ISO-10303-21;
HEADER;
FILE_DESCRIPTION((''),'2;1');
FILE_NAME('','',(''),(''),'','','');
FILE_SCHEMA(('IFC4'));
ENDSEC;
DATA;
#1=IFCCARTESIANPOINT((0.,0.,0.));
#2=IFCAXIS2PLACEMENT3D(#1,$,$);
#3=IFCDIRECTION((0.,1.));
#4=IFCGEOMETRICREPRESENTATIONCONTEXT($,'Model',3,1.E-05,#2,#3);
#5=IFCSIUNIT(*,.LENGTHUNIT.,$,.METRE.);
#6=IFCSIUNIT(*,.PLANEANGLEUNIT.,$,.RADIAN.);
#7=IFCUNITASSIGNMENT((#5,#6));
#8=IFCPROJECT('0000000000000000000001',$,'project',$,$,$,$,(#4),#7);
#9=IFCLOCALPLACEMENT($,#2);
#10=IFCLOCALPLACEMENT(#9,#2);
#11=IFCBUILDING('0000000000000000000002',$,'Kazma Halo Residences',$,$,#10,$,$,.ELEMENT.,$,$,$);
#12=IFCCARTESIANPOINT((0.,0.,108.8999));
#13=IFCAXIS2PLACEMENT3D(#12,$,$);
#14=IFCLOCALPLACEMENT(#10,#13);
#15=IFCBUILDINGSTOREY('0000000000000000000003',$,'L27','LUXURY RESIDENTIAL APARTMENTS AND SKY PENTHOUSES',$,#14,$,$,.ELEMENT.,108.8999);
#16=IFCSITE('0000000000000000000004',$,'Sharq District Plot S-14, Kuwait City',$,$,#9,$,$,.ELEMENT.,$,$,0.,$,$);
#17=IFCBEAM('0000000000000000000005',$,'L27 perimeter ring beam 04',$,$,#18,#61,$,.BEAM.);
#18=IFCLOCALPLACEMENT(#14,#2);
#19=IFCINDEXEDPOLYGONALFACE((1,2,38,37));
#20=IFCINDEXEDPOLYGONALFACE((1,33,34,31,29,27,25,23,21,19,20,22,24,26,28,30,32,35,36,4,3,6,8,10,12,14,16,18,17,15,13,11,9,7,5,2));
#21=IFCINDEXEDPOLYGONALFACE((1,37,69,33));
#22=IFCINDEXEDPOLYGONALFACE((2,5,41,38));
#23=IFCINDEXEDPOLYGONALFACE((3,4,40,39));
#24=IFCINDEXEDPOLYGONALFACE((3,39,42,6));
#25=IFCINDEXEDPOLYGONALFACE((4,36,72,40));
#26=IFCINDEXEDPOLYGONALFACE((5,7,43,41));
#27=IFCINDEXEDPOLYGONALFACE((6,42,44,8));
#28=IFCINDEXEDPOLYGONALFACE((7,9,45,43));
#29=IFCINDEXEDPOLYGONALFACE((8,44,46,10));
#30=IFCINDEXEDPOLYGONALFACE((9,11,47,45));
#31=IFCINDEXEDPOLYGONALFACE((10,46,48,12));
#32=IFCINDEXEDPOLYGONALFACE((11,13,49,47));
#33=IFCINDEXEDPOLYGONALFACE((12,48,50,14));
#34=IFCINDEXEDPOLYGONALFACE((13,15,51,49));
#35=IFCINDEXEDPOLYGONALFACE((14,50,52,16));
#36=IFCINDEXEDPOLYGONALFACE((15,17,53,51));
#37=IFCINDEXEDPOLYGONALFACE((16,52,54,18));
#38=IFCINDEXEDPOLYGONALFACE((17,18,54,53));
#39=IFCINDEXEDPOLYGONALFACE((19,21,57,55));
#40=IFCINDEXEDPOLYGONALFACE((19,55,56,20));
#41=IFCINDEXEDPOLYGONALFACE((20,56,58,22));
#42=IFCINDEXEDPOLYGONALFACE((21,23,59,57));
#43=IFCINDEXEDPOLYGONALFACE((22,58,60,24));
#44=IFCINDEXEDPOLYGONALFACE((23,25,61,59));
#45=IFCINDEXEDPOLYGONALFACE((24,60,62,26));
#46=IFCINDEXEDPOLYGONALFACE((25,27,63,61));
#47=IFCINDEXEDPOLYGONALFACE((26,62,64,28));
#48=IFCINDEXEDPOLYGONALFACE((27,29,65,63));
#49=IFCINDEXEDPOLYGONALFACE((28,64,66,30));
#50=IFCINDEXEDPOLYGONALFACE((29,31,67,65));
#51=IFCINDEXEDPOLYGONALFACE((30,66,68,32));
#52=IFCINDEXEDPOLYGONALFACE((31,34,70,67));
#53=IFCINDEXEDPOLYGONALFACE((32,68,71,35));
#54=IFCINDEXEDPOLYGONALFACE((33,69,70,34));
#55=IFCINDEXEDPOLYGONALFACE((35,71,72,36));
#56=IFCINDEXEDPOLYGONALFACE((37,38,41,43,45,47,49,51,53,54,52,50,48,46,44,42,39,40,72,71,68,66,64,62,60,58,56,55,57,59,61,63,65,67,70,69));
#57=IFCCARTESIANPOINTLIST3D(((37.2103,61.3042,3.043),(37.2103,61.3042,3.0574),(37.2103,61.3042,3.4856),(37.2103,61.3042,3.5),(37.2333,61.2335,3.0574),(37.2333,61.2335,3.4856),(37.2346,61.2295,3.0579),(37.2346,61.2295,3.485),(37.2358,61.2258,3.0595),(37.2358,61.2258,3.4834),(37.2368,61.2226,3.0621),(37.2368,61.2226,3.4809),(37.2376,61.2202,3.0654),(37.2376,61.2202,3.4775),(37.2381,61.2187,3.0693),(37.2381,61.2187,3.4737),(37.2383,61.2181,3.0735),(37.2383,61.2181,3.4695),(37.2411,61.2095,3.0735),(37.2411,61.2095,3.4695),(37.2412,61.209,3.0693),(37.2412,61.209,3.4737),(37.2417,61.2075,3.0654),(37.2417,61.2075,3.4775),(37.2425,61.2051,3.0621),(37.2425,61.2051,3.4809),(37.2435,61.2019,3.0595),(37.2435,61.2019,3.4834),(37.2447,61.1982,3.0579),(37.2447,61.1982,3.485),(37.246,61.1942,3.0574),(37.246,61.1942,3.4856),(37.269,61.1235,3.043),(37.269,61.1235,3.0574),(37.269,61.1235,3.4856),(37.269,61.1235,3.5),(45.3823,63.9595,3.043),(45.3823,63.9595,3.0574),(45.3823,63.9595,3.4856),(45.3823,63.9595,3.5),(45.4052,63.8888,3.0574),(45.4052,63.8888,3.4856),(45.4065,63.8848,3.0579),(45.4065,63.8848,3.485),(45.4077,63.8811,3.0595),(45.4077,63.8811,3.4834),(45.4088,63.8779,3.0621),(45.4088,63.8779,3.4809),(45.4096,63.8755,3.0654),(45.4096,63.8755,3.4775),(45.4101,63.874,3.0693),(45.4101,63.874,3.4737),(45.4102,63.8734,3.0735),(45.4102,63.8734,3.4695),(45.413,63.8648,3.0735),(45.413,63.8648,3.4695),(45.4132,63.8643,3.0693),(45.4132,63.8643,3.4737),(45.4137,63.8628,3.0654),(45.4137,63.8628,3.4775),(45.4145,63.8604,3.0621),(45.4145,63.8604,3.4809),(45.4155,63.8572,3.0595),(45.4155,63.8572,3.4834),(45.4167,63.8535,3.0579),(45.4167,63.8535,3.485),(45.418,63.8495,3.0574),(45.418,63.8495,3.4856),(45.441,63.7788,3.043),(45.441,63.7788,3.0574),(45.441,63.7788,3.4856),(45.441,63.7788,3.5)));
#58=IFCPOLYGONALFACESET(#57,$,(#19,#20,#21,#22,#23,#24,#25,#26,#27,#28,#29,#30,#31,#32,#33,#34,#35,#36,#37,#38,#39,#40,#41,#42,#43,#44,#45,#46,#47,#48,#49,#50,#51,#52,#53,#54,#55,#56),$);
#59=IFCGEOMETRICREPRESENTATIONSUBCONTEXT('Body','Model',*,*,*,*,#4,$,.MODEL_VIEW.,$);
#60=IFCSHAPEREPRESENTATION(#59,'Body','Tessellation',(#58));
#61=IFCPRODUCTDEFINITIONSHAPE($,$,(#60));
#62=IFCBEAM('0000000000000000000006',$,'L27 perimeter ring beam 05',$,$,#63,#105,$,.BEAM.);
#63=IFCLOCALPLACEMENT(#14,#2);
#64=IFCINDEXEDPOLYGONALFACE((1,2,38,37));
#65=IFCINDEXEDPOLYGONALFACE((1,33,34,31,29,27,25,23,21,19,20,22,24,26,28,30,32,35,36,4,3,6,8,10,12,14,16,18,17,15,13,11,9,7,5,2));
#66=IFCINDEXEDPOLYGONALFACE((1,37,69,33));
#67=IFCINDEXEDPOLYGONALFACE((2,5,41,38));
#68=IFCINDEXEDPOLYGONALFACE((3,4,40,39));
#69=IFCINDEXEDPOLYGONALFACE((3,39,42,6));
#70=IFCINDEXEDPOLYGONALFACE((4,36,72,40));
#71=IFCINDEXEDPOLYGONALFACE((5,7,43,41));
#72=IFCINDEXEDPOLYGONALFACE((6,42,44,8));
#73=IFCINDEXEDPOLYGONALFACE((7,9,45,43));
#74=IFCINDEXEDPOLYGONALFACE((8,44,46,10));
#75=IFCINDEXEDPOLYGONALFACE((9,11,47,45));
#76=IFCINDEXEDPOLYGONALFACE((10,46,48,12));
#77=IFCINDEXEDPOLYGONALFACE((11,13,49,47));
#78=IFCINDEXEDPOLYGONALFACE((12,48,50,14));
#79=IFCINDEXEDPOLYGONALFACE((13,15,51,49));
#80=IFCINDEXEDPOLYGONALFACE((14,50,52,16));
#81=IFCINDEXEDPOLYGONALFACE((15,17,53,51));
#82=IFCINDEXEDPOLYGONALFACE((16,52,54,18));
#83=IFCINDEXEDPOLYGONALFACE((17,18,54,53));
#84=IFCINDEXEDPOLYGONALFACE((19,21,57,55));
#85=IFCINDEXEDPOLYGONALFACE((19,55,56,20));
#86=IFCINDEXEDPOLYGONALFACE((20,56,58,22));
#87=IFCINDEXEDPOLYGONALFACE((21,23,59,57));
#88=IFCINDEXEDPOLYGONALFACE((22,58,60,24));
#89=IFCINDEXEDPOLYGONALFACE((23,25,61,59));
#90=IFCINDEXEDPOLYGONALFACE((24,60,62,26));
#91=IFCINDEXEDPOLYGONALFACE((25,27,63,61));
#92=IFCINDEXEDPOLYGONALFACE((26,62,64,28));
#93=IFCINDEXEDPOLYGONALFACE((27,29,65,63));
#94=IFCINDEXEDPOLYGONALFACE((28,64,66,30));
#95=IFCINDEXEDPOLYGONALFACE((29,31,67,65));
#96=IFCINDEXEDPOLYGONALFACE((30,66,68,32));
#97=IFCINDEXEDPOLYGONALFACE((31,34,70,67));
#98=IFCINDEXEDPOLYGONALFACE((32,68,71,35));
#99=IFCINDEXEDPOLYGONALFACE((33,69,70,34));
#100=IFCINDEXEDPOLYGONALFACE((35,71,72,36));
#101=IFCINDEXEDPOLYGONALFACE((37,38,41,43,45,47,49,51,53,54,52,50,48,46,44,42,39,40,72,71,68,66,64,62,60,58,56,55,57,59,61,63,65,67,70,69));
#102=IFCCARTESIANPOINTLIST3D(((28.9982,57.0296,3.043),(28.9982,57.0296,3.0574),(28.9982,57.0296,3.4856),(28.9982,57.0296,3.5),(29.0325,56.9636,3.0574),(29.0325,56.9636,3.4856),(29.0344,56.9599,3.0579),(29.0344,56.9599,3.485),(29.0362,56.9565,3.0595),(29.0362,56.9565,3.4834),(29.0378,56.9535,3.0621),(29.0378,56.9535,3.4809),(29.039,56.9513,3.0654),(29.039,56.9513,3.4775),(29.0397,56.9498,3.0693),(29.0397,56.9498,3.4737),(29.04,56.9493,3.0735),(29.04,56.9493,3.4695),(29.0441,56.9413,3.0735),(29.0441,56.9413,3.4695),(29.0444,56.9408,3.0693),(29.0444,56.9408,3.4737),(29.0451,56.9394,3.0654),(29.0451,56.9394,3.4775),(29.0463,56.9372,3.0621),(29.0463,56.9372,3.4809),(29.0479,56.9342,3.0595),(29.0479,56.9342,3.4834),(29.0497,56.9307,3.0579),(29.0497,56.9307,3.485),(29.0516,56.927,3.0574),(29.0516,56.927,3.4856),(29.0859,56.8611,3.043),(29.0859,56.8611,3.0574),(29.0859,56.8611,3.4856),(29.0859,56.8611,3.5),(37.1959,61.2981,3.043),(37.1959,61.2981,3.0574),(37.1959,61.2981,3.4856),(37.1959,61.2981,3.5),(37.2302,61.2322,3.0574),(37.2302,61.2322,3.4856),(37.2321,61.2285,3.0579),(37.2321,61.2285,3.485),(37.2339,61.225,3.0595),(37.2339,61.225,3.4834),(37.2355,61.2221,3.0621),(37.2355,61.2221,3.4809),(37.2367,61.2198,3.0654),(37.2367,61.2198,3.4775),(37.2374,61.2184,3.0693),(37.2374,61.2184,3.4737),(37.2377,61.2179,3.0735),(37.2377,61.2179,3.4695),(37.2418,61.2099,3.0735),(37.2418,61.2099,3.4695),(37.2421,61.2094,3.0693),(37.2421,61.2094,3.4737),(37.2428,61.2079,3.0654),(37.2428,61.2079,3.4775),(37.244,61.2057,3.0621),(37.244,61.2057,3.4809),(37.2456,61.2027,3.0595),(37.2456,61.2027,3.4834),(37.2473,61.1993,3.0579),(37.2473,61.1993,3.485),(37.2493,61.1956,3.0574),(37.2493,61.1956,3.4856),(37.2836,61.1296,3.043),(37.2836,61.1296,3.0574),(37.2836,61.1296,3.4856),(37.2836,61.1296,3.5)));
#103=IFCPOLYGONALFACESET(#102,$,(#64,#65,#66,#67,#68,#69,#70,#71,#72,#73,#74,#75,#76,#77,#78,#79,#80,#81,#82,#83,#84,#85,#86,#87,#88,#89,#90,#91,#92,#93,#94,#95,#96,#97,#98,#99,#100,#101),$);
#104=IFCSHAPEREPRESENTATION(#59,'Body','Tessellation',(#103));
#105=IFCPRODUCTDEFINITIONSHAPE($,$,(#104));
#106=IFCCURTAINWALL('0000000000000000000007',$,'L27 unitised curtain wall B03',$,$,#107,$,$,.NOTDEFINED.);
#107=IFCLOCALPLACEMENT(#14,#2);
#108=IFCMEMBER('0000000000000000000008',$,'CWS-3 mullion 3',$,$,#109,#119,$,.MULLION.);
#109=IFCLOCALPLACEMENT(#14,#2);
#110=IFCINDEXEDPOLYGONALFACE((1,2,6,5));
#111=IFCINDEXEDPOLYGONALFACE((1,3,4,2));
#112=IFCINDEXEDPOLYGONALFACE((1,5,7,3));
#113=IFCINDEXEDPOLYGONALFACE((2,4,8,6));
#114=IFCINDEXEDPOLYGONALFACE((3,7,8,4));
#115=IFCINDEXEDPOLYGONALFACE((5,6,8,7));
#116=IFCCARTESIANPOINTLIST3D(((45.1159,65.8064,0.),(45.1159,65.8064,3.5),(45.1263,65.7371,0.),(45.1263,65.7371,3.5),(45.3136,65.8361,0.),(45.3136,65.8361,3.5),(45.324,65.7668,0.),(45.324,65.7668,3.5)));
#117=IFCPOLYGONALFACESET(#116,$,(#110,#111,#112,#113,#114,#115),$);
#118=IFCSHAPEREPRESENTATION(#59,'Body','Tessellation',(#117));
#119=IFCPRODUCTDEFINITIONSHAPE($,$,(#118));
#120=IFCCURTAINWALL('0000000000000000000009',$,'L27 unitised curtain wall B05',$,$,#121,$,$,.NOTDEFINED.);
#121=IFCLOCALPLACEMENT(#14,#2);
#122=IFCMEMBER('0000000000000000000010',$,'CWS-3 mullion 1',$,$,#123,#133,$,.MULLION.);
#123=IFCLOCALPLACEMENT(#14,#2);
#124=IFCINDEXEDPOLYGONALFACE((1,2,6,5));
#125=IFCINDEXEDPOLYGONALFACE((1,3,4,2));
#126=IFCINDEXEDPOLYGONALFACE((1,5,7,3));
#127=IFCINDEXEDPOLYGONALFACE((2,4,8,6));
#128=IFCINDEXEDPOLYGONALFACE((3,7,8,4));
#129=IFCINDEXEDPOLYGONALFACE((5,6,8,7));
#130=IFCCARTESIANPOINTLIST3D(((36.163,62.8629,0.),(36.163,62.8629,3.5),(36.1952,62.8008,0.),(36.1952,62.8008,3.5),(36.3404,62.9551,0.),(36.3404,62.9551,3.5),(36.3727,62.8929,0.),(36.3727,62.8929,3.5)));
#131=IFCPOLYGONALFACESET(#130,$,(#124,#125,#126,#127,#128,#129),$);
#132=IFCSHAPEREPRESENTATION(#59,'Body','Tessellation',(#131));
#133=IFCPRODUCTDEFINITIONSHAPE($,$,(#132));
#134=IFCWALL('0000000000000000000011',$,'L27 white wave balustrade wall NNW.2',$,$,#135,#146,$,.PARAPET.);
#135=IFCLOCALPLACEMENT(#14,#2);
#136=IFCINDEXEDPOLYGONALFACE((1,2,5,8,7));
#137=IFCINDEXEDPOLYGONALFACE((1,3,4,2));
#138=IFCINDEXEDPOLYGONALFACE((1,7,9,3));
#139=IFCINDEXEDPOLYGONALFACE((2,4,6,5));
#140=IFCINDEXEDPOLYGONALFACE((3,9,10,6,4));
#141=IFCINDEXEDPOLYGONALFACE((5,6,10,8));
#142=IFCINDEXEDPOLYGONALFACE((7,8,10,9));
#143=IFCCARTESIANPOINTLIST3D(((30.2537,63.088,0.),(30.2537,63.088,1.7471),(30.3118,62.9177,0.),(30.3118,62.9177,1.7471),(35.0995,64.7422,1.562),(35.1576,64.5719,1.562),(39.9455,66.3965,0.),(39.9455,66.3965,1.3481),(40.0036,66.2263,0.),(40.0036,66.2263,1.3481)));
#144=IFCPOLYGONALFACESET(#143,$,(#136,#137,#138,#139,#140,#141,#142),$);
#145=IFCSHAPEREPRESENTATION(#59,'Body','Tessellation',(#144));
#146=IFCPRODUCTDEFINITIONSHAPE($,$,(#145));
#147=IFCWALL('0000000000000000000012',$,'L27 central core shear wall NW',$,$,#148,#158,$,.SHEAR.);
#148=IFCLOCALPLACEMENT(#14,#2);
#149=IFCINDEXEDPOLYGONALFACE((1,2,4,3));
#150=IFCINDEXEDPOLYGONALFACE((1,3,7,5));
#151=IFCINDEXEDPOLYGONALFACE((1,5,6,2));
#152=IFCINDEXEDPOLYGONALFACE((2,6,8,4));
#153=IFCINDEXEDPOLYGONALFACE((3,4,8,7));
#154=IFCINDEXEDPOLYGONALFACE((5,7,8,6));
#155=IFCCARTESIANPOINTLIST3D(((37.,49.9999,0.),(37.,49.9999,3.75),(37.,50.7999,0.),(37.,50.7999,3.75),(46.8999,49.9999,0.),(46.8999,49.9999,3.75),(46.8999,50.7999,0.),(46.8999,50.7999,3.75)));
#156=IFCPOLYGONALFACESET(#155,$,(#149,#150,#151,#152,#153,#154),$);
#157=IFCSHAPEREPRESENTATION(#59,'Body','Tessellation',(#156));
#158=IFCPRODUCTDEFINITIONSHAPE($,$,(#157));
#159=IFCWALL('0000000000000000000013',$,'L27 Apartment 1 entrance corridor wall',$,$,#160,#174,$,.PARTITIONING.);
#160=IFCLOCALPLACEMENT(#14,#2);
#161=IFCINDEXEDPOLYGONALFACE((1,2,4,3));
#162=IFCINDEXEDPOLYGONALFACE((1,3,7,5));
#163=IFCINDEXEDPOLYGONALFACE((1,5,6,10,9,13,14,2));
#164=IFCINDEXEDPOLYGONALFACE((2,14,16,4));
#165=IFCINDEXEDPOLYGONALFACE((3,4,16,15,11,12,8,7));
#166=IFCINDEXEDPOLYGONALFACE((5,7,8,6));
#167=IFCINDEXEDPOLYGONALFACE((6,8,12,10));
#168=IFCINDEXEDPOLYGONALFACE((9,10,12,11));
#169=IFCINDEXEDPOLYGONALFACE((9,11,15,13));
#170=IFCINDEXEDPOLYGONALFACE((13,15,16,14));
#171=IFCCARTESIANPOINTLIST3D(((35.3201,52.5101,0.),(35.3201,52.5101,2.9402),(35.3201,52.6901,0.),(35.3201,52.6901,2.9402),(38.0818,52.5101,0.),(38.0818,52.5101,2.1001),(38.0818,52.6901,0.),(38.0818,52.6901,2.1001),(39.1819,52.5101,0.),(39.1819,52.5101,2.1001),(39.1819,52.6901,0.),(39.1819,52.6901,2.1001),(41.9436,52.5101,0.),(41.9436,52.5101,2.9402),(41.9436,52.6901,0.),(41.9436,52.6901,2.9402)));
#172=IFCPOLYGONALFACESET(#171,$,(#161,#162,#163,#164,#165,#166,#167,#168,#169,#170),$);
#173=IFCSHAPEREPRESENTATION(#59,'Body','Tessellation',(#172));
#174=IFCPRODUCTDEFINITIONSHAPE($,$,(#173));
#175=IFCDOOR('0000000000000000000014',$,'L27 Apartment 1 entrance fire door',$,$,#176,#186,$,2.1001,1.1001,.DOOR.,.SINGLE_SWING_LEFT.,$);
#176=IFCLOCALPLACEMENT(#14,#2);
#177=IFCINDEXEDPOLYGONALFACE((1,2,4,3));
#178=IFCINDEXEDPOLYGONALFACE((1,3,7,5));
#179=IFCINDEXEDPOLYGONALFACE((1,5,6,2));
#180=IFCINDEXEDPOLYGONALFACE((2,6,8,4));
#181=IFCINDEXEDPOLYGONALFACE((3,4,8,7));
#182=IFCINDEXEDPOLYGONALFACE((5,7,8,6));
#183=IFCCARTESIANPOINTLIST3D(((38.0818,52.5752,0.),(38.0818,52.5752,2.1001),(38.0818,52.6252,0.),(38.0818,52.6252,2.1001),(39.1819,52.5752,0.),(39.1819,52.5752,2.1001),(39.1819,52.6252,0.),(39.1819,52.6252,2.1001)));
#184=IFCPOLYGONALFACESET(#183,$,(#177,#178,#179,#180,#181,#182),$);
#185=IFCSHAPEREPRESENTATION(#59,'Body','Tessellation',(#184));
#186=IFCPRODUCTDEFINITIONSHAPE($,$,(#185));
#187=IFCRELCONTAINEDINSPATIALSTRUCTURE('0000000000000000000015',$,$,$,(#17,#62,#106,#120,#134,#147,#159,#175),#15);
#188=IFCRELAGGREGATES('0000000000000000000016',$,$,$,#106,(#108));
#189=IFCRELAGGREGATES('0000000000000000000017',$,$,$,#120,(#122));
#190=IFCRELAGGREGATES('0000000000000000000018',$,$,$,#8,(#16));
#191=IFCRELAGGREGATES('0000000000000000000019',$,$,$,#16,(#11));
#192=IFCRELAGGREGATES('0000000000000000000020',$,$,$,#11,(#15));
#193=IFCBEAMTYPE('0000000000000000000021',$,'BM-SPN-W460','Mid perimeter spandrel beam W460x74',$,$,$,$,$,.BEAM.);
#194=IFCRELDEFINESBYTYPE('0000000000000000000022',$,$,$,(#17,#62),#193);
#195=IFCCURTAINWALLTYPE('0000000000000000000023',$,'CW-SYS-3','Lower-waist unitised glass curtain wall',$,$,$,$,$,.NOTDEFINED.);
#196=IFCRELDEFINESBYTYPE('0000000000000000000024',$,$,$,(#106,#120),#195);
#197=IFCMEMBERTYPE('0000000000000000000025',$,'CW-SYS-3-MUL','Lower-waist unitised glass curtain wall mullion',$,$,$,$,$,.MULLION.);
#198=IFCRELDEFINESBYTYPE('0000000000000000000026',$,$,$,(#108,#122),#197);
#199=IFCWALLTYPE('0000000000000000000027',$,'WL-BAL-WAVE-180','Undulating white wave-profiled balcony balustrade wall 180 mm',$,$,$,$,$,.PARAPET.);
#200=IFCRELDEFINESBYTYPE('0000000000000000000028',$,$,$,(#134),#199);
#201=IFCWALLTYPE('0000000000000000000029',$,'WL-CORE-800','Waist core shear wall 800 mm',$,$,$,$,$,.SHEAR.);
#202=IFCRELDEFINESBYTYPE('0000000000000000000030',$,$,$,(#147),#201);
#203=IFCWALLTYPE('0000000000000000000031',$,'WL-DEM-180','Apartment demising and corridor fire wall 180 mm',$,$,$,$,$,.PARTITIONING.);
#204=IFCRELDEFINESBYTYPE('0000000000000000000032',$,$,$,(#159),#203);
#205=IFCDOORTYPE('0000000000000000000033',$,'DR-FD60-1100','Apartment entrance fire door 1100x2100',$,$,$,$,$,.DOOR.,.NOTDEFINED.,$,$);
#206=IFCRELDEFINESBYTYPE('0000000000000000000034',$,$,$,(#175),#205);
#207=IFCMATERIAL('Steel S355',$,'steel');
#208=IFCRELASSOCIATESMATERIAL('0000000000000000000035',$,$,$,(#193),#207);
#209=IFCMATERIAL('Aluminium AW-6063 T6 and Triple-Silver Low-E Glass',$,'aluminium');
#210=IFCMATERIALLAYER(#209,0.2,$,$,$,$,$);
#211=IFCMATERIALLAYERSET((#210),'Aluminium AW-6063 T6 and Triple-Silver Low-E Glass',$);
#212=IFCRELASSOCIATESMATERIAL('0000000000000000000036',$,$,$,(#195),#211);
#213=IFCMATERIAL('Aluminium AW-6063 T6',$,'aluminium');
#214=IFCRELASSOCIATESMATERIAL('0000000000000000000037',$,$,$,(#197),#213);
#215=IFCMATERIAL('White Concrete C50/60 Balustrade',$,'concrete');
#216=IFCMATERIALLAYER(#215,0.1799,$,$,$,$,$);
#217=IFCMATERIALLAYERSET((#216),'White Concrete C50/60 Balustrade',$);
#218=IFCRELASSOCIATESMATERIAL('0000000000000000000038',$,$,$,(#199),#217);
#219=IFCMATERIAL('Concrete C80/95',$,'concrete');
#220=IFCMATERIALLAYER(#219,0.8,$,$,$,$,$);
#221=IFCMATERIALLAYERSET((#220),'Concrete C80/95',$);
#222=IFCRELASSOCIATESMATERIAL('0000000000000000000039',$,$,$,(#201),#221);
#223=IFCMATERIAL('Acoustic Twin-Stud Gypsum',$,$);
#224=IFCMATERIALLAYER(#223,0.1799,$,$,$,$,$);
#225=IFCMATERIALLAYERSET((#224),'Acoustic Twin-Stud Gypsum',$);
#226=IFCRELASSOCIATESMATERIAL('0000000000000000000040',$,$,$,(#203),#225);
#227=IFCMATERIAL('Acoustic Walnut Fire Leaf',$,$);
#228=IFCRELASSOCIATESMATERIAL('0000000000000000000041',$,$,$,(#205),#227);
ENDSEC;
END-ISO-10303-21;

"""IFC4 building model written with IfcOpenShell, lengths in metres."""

from ifc_helpers import new_model, si_unit, direction, frame, frame_2d, origin, origin_2d, place, context, subcontext, project, spatial, polyline, rectangle, i_section, outline, extrude, material, layer, layer_set, material_profile, profile_set, type_object, element, fill, aggregate, save


model = new_model("IFC4")

# Units and contexts
model_context = context("Model", 3, precision=1e-05, world=origin(), true_north=direction((0.0, 1.0)))
body_context = subcontext(model_context, "Body", "Model", "MODEL_VIEW")
ifc_project = project(units=[si_unit("LENGTHUNIT", "METRE"), si_unit("PLANEANGLEUNIT", "RADIAN")], contexts=[model_context])

# Site, building, storey
site_placement = place(None, origin())
site = spatial("IfcSite", under=ifc_project, at=site_placement, Name="Sharq District Plot S-14, Kuwait City", CompositionType="ELEMENT", RefElevation=0.0)
building_placement = place(site_placement, origin())
building = spatial("IfcBuilding", under=site, at=building_placement, Name="Kazma Halo Residences", CompositionType="ELEMENT")
storey_placement = place(building_placement, frame((0.0, 0.0, 108.8999)))
storey = spatial("IfcBuildingStorey", under=building, at=storey_placement, Name="L27", Description="LUXURY RESIDENTIAL APARTMENTS AND SKY PENTHOUSES", CompositionType="ELEMENT", Elevation=108.8999)

# Shared definitions
ifc_material_1 = material(Name="Concrete C80/95", Category="concrete")

# Beams
ifc_material_2 = material(Name="Steel S355", Category="steel")
ifc_material_profile_1 = material_profile(ifc_material_2, i_section(OverallWidth=0.1899, OverallDepth=0.457, WebThickness=0.009, FlangeThickness=0.0144, FilletRadius=0.0161, at=origin_2d()), Name="W460x74")
ifc_profile_set_1 = profile_set([ifc_material_profile_1], Name="Steel S355")
beam_type_1 = type_object("IfcBeamType", Name="BM-SPN-W460", Description="Mid perimeter spandrel beam W460x74", PredefinedType="BEAM", material=ifc_profile_set_1)
beam_1_placement = place(storey_placement, frame((45.4116, 63.8691, 3.2715), z_axis=(-0.951054, -0.309024, 0.0), x_axis=(0.309024, -0.951054, 0.0)))
element("IfcBeam", 1, at=beam_1_placement, inside=storey, type_object=beam_type_1, Name="L27 perimeter ring beam 04", PredefinedType="BEAM", context=body_context, shape_type="SweptSolid", body=[
    extrude(i_section(OverallWidth=0.1899, OverallDepth=0.457, WebThickness=0.009, FlangeThickness=0.0144, FilletRadius=0.0161, at=origin_2d()), origin(), (0.0, 0.0, 1.0), 8.5925),
])
beam_2_placement = place(storey_placement, frame((37.2397, 61.2139, 3.2715), z_axis=(-0.886963, -0.46184, 0.0), x_axis=(0.46184, -0.886963, 0.0)))
element("IfcBeam", 2, at=beam_2_placement, inside=storey, type_object=beam_type_1, Name="L27 perimeter ring beam 05", PredefinedType="BEAM", context=body_context, shape_type="SweptSolid", body=[
    extrude(i_section(OverallWidth=0.1899, OverallDepth=0.457, WebThickness=0.009, FlangeThickness=0.0144, FilletRadius=0.0161, at=origin_2d()), origin(), (0.0, 0.0, 1.0), 9.2424),
])

# Curtain walls, members
ifc_material_3 = material(Name="Aluminium AW-6063 T6 and Triple-Silver Low-E Glass", Category="aluminium")
ifc_layer_1 = layer(ifc_material_3, 0.2)
ifc_layer_set_1 = layer_set([ifc_layer_1], Name="Aluminium AW-6063 T6 and Triple-Silver Low-E Glass")
curtain_wall_type = type_object("IfcCurtainWallType", Name="CW-SYS-3", Description="Lower-waist unitised glass curtain wall", PredefinedType="NOTDEFINED", material=ifc_layer_set_1)
curtain_wall_1_placement = place(storey_placement, origin())
curtain_wall_1 = element("IfcCurtainWall", 3, at=curtain_wall_1_placement, inside=storey, type_object=curtain_wall_type, Name="L27 unitised curtain wall B03", PredefinedType="NOTDEFINED")
ifc_material_4 = material(Name="Aluminium AW-6063 T6", Category="aluminium")
ifc_material_profile_2 = material_profile(ifc_material_4, rectangle(XDim=0.0701, YDim=0.2, at=origin_2d()), Name="CWM-70x200")
ifc_profile_set_2 = profile_set([ifc_material_profile_2], Name="Aluminium AW-6063 T6")
member_type = type_object("IfcMemberType", Name="CW-SYS-3-MUL", Description="Lower-waist unitised glass curtain wall mullion", PredefinedType="MULLION", material=ifc_profile_set_2)
member_1_placement = place(storey_placement, frame((45.22, 65.7866, 0.0), z_axis=(0.0, 0.0, 1.0), x_axis=(0.148717, -0.98888, 0.0)))
member_1 = element("IfcMember", 4, at=member_1_placement, type_object=member_type, Name="CWS-3 mullion 3", PredefinedType="MULLION", context=body_context, shape_type="SweptSolid", body=[
    extrude(rectangle(XDim=0.0701, YDim=0.2, at=origin_2d()), origin(), (0.0, 0.0, 1.0), 3.5),
])
aggregate(curtain_wall_1, [member_1])
curtain_wall_2_placement = place(storey_placement, origin())
curtain_wall_2 = element("IfcCurtainWall", 5, at=curtain_wall_2_placement, inside=storey, type_object=curtain_wall_type, Name="L27 unitised curtain wall B05", PredefinedType="NOTDEFINED")
member_2_placement = place(storey_placement, frame((36.2678, 62.8779, 0.0), z_axis=(0.0, 0.0, 1.0), x_axis=(0.460932, -0.887435, 0.0)))
member_2 = element("IfcMember", 6, at=member_2_placement, type_object=member_type, Name="CWS-3 mullion 1", PredefinedType="MULLION", context=body_context, shape_type="SweptSolid", body=[
    extrude(rectangle(XDim=0.0701, YDim=0.2, at=origin_2d()), origin(), (0.0, 0.0, 1.0), 3.5),
])
aggregate(curtain_wall_2, [member_2])

# Walls
ifc_material_5 = material(Name="White Concrete C50/60 Balustrade", Category="concrete")
ifc_layer_2 = layer(ifc_material_5, 0.1799)
ifc_layer_set_2 = layer_set([ifc_layer_2], Name="White Concrete C50/60 Balustrade")
wall_type_1 = type_object("IfcWallType", Name="WL-BAL-WAVE-180", Description="Undulating white wave-profiled balcony balustrade wall 180 mm", PredefinedType="PARAPET", material=ifc_layer_set_2)
wall_1_placement = place(storey_placement, frame((39.9746, 66.3113, 0.0), z_axis=(0.0, 0.0, 1.0), x_axis=(-0.946375, -0.323071, 0.0)))
element("IfcWall", 7, at=wall_1_placement, inside=storey, type_object=wall_type_1, Name="L27 white wave balustrade wall NNW.2", PredefinedType="PARAPET", context=body_context, shape_type="SweptSolid", body=[
    extrude(outline(polyline([(0.0, 0.0), (10.241, 0.0), (10.241, 1.7471), (5.1206, 1.562), (0.0, 1.3481), (0.0, 0.0)])), frame((0.0, 0.0898, 0.0), z_axis=(0.0, -1.0, 0.0), x_axis=(1.0, 0.0, 0.0)), (0.0, 0.0, 1.0), 0.1799),
])
ifc_layer_3 = layer(ifc_material_1, 0.8)
ifc_layer_set_3 = layer_set([ifc_layer_3], Name="Concrete C80/95")
wall_type_2 = type_object("IfcWallType", Name="WL-CORE-800", Description="Waist core shear wall 800 mm", PredefinedType="SHEAR", material=ifc_layer_set_3)
wall_2_placement = place(storey_placement, frame((37.0, 50.3999, 0.0), z_axis=(0.0, 0.0, 1.0), x_axis=(1.0, 0.0, 0.0)))
element("IfcWall", 8, at=wall_2_placement, inside=storey, type_object=wall_type_2, Name="L27 central core shear wall NW", PredefinedType="SHEAR", context=body_context, shape_type="SweptSolid", body=[
    extrude(rectangle(XDim=9.8999, YDim=0.8, at=frame_2d((4.95, 0.0))), origin(), (0.0, 0.0, 1.0), 3.75),
])

# Wall, opening, door
ifc_material_6 = material(Name="Acoustic Twin-Stud Gypsum")
ifc_layer_4 = layer(ifc_material_6, 0.1799)
ifc_layer_set_4 = layer_set([ifc_layer_4], Name="Acoustic Twin-Stud Gypsum")
wall_type_3 = type_object("IfcWallType", Name="WL-DEM-180", Description="Apartment demising and corridor fire wall 180 mm", PredefinedType="PARTITIONING", material=ifc_layer_set_4)
wall_3_placement = place(storey_placement, frame((41.9436, 52.6001, 0.0), z_axis=(0.0, 0.0, 1.0), x_axis=(-1.0, 0.0, 0.0)))
wall_3 = element("IfcWall", 9, at=wall_3_placement, inside=storey, type_object=wall_type_3, Name="L27 Apartment 1 entrance corridor wall", PredefinedType="PARTITIONING", context=body_context, shape_type="SweptSolid", body=[
    extrude(rectangle(XDim=6.6235, YDim=0.1799, at=frame_2d((3.3118, 0.0))), origin(), (0.0, 0.0, 1.0), 2.9402),
])
opening_1_placement = place(wall_3_placement, frame((2.7617, 0.0, 0.0)))
opening_1 = element("IfcOpeningElement", 10, at=opening_1_placement, cuts=wall_3, PredefinedType="OPENING", context=body_context, shape_type="SweptSolid", body=[
    extrude(rectangle(XDim=1.1001, YDim=2.1001, at=frame_2d((0.55, 1.05))), frame((0.0, 0.0999, 0.0), z_axis=(0.0, -1.0, 0.0), x_axis=(1.0, 0.0, 0.0)), (0.0, 0.0, 1.0), 0.2),
])
ifc_material_7 = material(Name="Acoustic Walnut Fire Leaf")
door_type_1 = type_object("IfcDoorType", Name="DR-FD60-1100", Description="Apartment entrance fire door 1100x2100", OperationType="NOTDEFINED", PredefinedType="DOOR", material=ifc_material_7)
door_1_placement = place(opening_1_placement, origin())
door_1 = element("IfcDoor", 11, at=door_1_placement, inside=storey, type_object=door_type_1, Name="L27 Apartment 1 entrance fire door", OperationType="SINGLE_SWING_LEFT", OverallHeight=2.1001, OverallWidth=1.1001, PredefinedType="DOOR", context=body_context, shape_type="SweptSolid", body=[
    extrude(rectangle(XDim=1.1001, YDim=2.1001, at=frame_2d((0.55, 1.05))), frame((0.0, 0.0249, 0.0), z_axis=(0.0, -1.0, 0.0), x_axis=(1.0, 0.0, 0.0)), (0.0, 0.0, 1.0), 0.05),
])
fill(opening_1, door_1)

save(model, "model.ifc")
